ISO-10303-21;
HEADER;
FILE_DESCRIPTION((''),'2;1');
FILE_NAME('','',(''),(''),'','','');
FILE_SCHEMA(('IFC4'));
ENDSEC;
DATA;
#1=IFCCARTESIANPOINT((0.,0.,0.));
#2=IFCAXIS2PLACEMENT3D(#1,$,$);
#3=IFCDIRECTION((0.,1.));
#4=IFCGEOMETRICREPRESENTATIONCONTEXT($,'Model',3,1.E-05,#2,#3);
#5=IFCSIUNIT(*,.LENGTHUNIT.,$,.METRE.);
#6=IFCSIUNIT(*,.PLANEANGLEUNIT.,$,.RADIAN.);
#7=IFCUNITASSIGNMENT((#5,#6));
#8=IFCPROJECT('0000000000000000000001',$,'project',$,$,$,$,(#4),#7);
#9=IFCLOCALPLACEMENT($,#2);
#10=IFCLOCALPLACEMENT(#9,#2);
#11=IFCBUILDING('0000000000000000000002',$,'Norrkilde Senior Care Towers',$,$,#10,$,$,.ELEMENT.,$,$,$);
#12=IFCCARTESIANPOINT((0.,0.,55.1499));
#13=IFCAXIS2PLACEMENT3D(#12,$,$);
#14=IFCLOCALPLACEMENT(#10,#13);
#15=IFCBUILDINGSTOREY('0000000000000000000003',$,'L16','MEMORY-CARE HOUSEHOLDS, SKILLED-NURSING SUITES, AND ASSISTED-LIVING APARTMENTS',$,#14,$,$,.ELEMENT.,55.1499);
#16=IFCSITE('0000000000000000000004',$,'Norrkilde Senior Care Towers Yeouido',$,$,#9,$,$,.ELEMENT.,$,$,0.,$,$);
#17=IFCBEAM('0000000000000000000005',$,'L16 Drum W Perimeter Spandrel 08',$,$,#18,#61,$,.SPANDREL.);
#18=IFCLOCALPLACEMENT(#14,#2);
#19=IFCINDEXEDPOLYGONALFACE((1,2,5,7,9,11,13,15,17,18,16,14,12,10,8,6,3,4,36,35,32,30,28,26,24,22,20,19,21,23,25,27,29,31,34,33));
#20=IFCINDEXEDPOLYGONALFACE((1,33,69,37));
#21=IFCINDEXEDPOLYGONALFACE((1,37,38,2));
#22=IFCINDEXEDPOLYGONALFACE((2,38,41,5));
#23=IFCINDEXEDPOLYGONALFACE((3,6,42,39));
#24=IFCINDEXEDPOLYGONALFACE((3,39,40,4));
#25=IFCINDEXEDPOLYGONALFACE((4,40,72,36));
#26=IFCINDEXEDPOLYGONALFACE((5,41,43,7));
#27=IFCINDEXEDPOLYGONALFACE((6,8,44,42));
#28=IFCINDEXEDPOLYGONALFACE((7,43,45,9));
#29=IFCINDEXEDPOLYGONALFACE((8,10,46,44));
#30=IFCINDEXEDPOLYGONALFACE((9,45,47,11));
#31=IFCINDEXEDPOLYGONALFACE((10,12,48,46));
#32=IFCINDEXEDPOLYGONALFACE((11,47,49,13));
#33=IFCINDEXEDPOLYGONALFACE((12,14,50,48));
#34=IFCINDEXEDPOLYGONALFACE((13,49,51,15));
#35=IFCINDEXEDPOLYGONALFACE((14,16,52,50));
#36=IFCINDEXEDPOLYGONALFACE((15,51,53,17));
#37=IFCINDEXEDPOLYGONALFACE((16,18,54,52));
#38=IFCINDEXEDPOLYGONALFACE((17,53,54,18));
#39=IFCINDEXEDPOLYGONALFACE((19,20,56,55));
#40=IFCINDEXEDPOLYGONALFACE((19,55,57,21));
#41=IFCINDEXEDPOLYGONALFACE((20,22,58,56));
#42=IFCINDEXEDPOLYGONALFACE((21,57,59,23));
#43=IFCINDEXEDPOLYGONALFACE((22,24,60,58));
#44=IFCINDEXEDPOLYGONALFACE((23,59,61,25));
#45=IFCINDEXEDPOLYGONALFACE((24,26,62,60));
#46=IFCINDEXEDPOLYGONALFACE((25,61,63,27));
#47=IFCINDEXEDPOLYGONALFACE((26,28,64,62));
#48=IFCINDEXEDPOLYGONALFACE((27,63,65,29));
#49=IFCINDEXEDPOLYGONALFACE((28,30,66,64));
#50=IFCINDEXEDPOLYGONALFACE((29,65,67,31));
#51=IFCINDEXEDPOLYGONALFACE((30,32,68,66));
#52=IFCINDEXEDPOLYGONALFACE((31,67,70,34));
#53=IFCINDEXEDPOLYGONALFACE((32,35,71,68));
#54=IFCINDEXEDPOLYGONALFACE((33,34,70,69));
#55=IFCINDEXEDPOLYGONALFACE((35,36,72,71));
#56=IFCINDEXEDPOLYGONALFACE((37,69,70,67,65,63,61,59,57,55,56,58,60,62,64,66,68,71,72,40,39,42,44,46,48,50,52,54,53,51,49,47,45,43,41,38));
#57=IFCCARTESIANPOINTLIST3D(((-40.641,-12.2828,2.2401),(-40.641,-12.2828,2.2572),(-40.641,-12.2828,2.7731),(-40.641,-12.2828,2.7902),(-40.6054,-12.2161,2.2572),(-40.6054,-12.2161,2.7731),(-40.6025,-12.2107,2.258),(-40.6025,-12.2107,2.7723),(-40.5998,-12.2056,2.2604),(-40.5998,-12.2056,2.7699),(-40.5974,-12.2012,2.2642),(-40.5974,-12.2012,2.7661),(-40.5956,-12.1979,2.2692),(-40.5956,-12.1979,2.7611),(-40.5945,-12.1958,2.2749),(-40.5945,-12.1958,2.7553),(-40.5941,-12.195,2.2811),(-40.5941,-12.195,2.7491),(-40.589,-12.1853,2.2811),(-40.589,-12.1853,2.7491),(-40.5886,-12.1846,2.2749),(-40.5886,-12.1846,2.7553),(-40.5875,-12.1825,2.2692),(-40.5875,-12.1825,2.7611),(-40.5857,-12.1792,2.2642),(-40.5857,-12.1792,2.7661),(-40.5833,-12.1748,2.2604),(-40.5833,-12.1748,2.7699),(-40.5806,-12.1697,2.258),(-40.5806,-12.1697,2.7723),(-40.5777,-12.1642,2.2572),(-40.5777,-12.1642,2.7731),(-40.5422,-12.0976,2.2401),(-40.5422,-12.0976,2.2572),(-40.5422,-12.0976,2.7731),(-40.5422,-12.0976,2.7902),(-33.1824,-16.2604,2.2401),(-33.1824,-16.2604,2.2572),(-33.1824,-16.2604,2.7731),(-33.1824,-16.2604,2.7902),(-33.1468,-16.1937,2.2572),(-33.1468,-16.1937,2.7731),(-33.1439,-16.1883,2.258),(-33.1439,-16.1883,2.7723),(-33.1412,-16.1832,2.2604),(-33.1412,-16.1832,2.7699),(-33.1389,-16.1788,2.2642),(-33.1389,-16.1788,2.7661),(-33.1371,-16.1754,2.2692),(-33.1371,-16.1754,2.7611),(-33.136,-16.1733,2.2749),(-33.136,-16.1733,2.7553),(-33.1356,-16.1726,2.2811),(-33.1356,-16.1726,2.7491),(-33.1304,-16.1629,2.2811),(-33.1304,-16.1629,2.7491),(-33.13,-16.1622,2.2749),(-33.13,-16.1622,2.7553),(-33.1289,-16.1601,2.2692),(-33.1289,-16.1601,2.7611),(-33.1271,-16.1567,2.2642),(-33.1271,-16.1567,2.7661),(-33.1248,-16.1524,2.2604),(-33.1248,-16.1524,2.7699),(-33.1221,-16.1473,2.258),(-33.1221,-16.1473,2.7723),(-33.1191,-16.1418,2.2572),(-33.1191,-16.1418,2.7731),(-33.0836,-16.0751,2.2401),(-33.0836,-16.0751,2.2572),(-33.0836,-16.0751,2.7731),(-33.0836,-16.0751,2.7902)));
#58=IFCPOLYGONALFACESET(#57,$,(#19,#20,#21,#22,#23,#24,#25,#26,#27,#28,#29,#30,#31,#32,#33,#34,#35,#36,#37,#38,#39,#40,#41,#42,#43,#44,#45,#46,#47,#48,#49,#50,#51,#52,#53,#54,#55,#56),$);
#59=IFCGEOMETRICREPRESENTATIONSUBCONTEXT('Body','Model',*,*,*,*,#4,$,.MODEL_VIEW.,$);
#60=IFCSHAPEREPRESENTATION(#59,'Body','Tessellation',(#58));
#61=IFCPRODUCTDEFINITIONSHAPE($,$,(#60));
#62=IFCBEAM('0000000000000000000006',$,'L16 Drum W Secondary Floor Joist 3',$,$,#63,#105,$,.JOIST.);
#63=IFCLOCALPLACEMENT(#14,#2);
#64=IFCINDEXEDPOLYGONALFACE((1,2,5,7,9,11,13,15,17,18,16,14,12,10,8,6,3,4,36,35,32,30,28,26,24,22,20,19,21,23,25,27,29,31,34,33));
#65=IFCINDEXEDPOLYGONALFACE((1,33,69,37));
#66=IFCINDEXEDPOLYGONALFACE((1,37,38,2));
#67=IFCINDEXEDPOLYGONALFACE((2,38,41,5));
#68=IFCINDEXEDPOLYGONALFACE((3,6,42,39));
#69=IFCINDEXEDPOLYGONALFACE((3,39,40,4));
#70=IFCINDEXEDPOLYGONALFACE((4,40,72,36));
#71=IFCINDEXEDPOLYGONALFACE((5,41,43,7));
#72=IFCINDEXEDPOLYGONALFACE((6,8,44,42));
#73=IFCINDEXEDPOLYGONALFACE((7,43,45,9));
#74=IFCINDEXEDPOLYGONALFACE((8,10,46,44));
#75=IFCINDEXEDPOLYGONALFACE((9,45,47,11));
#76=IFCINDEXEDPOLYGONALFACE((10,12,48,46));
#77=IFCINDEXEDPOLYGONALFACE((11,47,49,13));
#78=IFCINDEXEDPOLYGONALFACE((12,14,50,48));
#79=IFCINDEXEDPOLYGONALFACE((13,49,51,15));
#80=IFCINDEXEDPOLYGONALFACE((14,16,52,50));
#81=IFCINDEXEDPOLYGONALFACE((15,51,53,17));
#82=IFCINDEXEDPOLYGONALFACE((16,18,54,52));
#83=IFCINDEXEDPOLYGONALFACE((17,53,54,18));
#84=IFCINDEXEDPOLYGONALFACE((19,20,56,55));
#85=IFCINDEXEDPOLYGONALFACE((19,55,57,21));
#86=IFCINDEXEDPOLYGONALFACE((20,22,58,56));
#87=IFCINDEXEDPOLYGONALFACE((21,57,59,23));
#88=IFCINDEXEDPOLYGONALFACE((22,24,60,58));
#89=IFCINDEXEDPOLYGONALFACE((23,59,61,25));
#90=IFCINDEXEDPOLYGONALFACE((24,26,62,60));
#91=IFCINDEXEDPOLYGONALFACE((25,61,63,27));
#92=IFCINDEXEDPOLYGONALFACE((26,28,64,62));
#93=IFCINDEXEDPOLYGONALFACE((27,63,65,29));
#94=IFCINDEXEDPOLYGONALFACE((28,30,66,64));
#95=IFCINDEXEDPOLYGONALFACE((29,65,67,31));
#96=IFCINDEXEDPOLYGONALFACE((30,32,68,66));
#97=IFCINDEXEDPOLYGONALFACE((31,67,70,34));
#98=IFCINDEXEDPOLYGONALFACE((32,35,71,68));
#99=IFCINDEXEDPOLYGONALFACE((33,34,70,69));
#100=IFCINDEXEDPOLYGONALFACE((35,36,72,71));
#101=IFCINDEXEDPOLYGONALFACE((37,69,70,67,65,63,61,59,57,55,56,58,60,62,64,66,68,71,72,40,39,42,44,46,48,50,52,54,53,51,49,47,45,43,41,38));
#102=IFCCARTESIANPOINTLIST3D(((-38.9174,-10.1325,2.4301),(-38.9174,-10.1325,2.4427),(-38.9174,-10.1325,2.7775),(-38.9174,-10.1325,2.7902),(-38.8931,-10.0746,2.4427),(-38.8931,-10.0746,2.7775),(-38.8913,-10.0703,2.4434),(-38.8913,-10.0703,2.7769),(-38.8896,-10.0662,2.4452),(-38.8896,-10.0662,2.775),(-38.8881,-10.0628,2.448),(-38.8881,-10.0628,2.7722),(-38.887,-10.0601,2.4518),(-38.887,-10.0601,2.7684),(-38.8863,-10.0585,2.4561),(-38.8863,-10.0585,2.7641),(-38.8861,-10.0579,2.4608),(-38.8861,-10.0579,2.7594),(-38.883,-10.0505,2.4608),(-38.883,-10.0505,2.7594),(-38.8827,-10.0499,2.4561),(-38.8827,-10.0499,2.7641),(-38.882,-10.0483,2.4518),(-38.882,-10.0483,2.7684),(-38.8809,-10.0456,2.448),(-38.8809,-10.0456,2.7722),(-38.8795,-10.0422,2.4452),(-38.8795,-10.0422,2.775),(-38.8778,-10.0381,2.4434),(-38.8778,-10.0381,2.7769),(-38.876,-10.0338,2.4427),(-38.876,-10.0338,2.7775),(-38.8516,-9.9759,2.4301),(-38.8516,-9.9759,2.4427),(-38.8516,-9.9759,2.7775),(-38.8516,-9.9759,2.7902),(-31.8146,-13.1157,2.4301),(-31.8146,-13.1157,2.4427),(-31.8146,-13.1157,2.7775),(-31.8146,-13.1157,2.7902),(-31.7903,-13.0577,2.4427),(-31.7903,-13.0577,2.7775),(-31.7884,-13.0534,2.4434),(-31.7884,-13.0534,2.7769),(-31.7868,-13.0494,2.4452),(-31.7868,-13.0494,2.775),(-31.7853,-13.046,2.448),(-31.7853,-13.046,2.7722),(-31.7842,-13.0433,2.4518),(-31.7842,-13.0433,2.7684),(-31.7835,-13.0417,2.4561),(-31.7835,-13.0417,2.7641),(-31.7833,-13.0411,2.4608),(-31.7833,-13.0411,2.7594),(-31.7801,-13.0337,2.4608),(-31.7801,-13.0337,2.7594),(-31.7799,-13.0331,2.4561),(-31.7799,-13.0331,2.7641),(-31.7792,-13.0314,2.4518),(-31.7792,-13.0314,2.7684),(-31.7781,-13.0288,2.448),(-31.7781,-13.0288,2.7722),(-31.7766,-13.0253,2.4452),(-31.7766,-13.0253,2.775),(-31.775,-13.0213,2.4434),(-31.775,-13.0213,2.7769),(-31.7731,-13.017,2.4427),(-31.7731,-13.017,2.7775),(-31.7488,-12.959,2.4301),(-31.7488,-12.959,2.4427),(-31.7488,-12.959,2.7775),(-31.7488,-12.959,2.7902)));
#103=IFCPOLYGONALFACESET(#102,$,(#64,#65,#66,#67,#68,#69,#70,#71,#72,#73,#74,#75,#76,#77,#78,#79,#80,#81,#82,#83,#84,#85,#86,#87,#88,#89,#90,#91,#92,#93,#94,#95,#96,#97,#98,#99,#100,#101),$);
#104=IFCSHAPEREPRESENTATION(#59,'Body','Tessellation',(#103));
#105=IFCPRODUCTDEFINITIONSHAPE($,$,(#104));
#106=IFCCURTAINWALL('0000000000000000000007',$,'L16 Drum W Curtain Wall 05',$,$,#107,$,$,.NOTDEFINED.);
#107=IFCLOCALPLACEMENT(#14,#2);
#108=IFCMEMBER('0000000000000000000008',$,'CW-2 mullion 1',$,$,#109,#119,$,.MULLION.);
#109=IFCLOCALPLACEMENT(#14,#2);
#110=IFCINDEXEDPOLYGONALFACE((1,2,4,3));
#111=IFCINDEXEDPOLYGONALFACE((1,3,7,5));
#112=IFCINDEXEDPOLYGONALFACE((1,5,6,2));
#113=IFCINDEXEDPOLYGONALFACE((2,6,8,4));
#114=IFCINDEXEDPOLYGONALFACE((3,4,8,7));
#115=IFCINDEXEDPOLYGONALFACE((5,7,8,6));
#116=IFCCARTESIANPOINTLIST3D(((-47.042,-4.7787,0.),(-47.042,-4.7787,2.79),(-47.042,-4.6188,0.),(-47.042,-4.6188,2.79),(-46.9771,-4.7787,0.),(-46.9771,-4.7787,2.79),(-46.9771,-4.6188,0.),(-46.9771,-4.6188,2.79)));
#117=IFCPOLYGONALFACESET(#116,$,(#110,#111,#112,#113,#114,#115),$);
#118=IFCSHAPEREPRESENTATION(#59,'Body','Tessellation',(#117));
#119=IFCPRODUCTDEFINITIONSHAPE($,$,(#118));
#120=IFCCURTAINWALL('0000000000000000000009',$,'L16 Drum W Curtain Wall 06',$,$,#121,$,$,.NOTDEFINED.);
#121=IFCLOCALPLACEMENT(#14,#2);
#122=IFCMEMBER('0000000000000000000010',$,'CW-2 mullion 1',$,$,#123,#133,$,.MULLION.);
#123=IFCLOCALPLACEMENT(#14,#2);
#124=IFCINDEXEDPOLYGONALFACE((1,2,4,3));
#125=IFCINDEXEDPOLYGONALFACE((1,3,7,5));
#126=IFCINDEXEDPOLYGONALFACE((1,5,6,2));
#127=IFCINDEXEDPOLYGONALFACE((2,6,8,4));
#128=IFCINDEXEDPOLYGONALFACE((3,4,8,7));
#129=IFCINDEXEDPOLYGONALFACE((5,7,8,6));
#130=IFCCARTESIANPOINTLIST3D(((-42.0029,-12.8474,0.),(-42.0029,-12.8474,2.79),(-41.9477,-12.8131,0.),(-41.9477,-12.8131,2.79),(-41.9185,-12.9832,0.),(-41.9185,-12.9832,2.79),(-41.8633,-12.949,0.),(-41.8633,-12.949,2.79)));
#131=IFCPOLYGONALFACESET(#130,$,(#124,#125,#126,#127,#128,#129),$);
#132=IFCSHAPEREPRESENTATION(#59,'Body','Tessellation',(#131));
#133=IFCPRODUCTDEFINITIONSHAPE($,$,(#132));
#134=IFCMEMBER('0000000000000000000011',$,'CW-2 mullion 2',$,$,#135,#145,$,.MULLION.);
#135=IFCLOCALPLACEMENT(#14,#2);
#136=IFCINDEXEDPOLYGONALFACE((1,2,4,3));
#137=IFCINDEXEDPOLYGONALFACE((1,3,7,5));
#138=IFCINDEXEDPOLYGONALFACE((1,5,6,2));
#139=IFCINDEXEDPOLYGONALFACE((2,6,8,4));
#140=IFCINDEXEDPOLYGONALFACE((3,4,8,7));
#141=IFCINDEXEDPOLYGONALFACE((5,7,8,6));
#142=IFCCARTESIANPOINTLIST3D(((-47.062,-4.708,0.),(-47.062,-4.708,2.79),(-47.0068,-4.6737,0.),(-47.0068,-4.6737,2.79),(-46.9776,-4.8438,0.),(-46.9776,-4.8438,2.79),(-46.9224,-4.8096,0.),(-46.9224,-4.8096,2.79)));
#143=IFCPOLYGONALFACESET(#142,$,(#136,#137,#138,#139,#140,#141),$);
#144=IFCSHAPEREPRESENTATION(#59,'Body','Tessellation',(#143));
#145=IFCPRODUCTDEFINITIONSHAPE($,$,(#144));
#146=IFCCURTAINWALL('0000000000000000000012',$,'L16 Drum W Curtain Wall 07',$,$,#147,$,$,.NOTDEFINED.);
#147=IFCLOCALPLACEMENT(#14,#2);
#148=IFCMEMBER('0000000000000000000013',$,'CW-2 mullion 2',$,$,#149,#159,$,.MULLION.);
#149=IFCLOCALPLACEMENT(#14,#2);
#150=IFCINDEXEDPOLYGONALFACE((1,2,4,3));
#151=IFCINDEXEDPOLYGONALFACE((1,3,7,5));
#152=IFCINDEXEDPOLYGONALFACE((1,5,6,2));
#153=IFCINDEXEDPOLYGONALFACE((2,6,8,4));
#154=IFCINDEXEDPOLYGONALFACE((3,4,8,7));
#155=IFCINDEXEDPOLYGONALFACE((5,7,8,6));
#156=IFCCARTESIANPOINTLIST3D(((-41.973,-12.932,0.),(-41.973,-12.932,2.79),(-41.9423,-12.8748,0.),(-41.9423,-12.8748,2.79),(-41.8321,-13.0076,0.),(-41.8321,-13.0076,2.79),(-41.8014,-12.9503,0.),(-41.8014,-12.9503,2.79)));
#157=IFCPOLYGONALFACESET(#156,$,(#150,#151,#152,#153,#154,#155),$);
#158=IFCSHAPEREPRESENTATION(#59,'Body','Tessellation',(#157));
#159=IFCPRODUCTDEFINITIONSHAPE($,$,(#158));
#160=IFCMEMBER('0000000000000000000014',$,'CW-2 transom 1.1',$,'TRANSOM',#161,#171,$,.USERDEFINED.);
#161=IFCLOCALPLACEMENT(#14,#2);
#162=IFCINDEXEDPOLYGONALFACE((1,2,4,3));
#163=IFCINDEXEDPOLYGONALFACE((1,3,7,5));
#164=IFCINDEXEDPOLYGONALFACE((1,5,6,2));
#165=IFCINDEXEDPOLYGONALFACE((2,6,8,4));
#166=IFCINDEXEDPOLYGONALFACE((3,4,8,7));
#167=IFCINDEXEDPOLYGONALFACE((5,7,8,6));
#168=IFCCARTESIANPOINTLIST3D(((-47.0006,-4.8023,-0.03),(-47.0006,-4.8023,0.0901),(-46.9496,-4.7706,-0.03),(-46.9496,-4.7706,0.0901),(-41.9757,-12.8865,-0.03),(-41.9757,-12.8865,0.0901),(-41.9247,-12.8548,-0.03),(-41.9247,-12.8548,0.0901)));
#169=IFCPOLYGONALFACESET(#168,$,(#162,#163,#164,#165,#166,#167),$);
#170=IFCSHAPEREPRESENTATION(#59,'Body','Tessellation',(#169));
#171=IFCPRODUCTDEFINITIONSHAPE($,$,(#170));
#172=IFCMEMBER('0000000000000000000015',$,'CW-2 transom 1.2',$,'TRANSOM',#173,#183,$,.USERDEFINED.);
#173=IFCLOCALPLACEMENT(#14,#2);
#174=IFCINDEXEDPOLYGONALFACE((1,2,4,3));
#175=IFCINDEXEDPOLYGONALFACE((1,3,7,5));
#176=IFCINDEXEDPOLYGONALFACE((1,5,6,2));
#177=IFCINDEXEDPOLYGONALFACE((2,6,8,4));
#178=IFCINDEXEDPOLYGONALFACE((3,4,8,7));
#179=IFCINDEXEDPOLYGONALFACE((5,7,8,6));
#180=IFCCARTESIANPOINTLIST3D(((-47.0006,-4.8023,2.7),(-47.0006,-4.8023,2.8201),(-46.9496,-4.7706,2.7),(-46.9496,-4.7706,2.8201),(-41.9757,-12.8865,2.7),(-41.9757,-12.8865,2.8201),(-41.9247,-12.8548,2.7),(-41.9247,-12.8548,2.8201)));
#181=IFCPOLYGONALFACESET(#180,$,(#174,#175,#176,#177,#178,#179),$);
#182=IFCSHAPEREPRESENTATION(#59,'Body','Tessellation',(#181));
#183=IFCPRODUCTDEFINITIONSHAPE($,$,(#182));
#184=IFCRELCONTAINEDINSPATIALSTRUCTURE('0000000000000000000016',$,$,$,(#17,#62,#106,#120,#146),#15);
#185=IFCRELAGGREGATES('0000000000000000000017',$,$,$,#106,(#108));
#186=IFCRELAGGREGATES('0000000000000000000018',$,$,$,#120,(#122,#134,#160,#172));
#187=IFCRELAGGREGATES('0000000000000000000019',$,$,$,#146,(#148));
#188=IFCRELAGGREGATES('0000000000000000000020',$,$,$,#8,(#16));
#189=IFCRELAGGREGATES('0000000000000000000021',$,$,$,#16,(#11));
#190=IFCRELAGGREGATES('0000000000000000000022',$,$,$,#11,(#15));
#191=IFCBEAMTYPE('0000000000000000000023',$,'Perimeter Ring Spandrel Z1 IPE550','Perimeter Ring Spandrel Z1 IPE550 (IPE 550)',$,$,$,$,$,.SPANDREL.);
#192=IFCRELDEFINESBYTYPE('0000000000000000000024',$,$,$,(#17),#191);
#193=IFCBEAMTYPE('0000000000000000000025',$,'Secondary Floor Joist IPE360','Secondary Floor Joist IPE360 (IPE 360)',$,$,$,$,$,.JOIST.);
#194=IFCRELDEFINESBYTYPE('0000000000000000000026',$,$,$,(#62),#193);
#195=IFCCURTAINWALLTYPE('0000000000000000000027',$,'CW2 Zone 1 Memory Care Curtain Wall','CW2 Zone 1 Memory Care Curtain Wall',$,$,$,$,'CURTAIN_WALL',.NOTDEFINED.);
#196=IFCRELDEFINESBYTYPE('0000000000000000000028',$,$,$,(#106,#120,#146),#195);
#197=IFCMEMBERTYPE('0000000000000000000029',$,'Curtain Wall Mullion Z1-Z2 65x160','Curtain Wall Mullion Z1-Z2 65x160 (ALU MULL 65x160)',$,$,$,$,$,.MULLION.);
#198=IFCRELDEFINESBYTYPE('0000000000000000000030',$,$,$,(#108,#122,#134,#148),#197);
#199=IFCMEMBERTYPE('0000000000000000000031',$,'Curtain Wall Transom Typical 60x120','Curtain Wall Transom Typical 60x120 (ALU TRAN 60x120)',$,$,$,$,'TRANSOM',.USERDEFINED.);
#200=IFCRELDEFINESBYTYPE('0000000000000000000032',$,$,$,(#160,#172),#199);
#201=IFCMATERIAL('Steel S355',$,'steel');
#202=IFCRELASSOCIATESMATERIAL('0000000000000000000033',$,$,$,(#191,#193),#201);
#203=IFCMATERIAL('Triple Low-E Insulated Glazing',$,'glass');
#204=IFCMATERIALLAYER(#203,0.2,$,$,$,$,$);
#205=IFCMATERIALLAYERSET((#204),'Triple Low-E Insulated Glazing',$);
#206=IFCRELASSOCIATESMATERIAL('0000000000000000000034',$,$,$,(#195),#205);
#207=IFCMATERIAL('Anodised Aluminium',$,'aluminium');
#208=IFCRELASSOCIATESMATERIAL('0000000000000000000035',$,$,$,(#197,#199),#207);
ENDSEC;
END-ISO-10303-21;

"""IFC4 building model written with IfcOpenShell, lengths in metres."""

from ifc_helpers import new_model, si_unit, direction, frame, origin, origin_2d, place, context, subcontext, project, spatial, rectangle, i_section, extrude, source, transform, mapped, material, layer, layer_set, material_profile, profile_set, type_object, type_shapes, element, aggregate, save


model = new_model("IFC4")

# Units and contexts
model_context = context("Model", 3, precision=1e-05, world=origin(), true_north=direction((0.0, 1.0)))
body_context = subcontext(model_context, "Body", "Model", "MODEL_VIEW")
ifc_project = project(units=[si_unit("LENGTHUNIT", "METRE"), si_unit("PLANEANGLEUNIT", "RADIAN")], contexts=[model_context])

# Site, building, storey
site_placement = place(None, origin())
site = spatial("IfcSite", under=ifc_project, at=site_placement, Name="Norrkilde Senior Care Towers Yeouido", CompositionType="ELEMENT", RefElevation=0.0)
building_placement = place(site_placement, origin())
building = spatial("IfcBuilding", under=site, at=building_placement, Name="Norrkilde Senior Care Towers", CompositionType="ELEMENT")
storey_placement = place(building_placement, frame((0.0, 0.0, 55.1499)))
storey = spatial("IfcBuildingStorey", under=building, at=storey_placement, Name="L16", Description="MEMORY-CARE HOUSEHOLDS, SKILLED-NURSING SUITES, AND ASSISTED-LIVING APARTMENTS", CompositionType="ELEMENT", Elevation=55.1499)

# Beams
ifc_material_1 = material(Name="Steel S355", Category="steel")
ifc_material_profile_1 = material_profile(ifc_material_1, i_section(OverallWidth=0.21, OverallDepth=0.55, WebThickness=0.011, FlangeThickness=0.0171, FilletRadius=0.0239, at=origin_2d()), Name="IPE 550")
ifc_profile_set_1 = profile_set([ifc_material_profile_1], Name="Steel S355")
beam_type_1 = type_object("IfcBeamType", Name="Perimeter Ring Spandrel Z1 IPE550", Description="Perimeter Ring Spandrel Z1 IPE550 (IPE 550)", PredefinedType="SPANDREL", material=ifc_profile_set_1)
shared_shape_1 = source(origin(), body_context, "Body", "SweptSolid", [
    extrude(i_section(OverallWidth=0.21, OverallDepth=0.55, WebThickness=0.011, FlangeThickness=0.0171, FilletRadius=0.0239, at=origin_2d()), origin(), (0.0, 0.0, 1.0), 8.4529),
])
beam_1_placement = place(storey_placement, frame((-40.5916, -12.1902, 2.5151), z_axis=(0.882369, -0.470558, 0.0), x_axis=(0.470558, 0.882369, 0.0)))
element("IfcBeam", 1, at=beam_1_placement, inside=storey, type_object=beam_type_1, Name="L16 Drum W Perimeter Spandrel 08", PredefinedType="SPANDREL", context=body_context, shape_type="MappedRepresentation", body=[
    mapped(shared_shape_1, transform((0.0, 0.0, 0.0), x_axis=(1.0, 0.0, 0.0), y_axis=(0.0, 1.0, 0.0), z_axis=(0.0, 0.0, 1.0), scale=1.0)),
])
ifc_material_profile_2 = material_profile(ifc_material_1, i_section(OverallWidth=0.1699, OverallDepth=0.3601, WebThickness=0.0081, FlangeThickness=0.0127, FilletRadius=0.0181, at=origin_2d()), Name="IPE 360")
ifc_profile_set_2 = profile_set([ifc_material_profile_2], Name="Steel S355")
beam_type_2 = type_object("IfcBeamType", Name="Secondary Floor Joist IPE360", Description="Secondary Floor Joist IPE360 (IPE 360)", PredefinedType="JOIST", material=ifc_profile_set_2)
shared_shape_2 = source(origin(), body_context, "Body", "SweptSolid", [
    extrude(i_section(OverallWidth=0.1699, OverallDepth=0.3601, WebThickness=0.0081, FlangeThickness=0.0127, FilletRadius=0.0181, at=origin_2d()), origin(), (0.0, 0.0, 1.0), 7.7039),
])
type_shapes(beam_type_2, [shared_shape_2])
beam_2_placement = place(storey_placement, frame((-38.8845, -10.0542, 2.6101), z_axis=(0.921983, -0.387231, 0.0), x_axis=(0.387231, 0.921983, 0.0)))
element("IfcBeam", 2, at=beam_2_placement, inside=storey, type_object=beam_type_2, Name="L16 Drum W Secondary Floor Joist 3", PredefinedType="JOIST", context=body_context, shape_type="MappedRepresentation", body=[
    mapped(shared_shape_2, transform((0.0, 0.0, 0.0), x_axis=(1.0, 0.0, 0.0), y_axis=(0.0, 1.0, 0.0), z_axis=(0.0, 0.0, 1.0), scale=1.0)),
])

# Curtain wall, member
ifc_material_2 = material(Name="Triple Low-E Insulated Glazing", Category="glass")
ifc_layer_1 = layer(ifc_material_2, 0.2)
ifc_layer_set_1 = layer_set([ifc_layer_1], Name="Triple Low-E Insulated Glazing")
curtain_wall_type = type_object("IfcCurtainWallType", Name="CW2 Zone 1 Memory Care Curtain Wall", Description="CW2 Zone 1 Memory Care Curtain Wall", ElementType="CURTAIN_WALL", PredefinedType="NOTDEFINED", material=ifc_layer_set_1)
curtain_wall_1_placement = place(storey_placement, origin())
curtain_wall_1 = element("IfcCurtainWall", 3, at=curtain_wall_1_placement, inside=storey, type_object=curtain_wall_type, Name="L16 Drum W Curtain Wall 05", PredefinedType="NOTDEFINED")
ifc_material_3 = material(Name="Anodised Aluminium", Category="aluminium")
ifc_material_profile_3 = material_profile(ifc_material_3, rectangle(XDim=0.0649, YDim=0.1599, at=origin_2d()), Name="ALU MULL 65x160")
ifc_profile_set_3 = profile_set([ifc_material_profile_3], Name="Anodised Aluminium")
member_type_1 = type_object("IfcMemberType", Name="Curtain Wall Mullion Z1-Z2 65x160", Description="Curtain Wall Mullion Z1-Z2 65x160 (ALU MULL 65x160)", PredefinedType="MULLION", material=ifc_profile_set_3)
shared_shape_3 = source(origin(), body_context, "Body", "SweptSolid", [
    extrude(rectangle(XDim=0.0649, YDim=0.1599, at=origin_2d()), origin(), (0.0, 0.0, 1.0), 2.79),
])
type_shapes(member_type_1, [shared_shape_3])
member_1_placement = place(storey_placement, frame((-47.0095, -4.6987, 0.0), z_axis=(0.0, 0.0, 1.0), x_axis=(-1.0, 0.0, 0.0)))
member_1 = element("IfcMember", 4, at=member_1_placement, type_object=member_type_1, Name="CW-2 mullion 1", PredefinedType="MULLION", context=body_context, shape_type="MappedRepresentation", body=[
    mapped(shared_shape_3, transform((0.0, 0.0, 0.0), x_axis=(1.0, 0.0, 0.0), y_axis=(0.0, 1.0, 0.0), z_axis=(0.0, 0.0, 1.0), scale=1.0)),
])

# Curtain wall, members
curtain_wall_2_placement = place(storey_placement, origin())
curtain_wall_2 = element("IfcCurtainWall", 5, at=curtain_wall_2_placement, inside=storey, type_object=curtain_wall_type, Name="L16 Drum W Curtain Wall 06", PredefinedType="NOTDEFINED")
member_2_placement = place(storey_placement, frame((-41.9331, -12.8982, 0.0), z_axis=(0.0, 0.0, 1.0), x_axis=(-0.849306, -0.527901, 0.0)))
member_2 = element("IfcMember", 6, at=member_2_placement, type_object=member_type_1, Name="CW-2 mullion 1", PredefinedType="MULLION", context=body_context, shape_type="MappedRepresentation", body=[
    mapped(shared_shape_3, transform((0.0, 0.0, 0.0), x_axis=(1.0, 0.0, 0.0), y_axis=(0.0, 1.0, 0.0), z_axis=(0.0, 0.0, 1.0), scale=1.0)),
])
member_3_placement = place(storey_placement, frame((-46.9922, -4.7588, 0.0), z_axis=(0.0, 0.0, 1.0), x_axis=(-0.849306, -0.527901, 0.0)))
member_3 = element("IfcMember", 7, at=member_3_placement, type_object=member_type_1, Name="CW-2 mullion 2", PredefinedType="MULLION", context=body_context, shape_type="MappedRepresentation", body=[
    mapped(shared_shape_3, transform((0.0, 0.0, 0.0), x_axis=(1.0, 0.0, 0.0), y_axis=(0.0, 1.0, 0.0), z_axis=(0.0, 0.0, 1.0), scale=1.0)),
])

# Curtain wall, member
curtain_wall_3_placement = place(storey_placement, origin())
curtain_wall_3 = element("IfcCurtainWall", 8, at=curtain_wall_3_placement, inside=storey, type_object=curtain_wall_type, Name="L16 Drum W Curtain Wall 07", PredefinedType="NOTDEFINED")
member_4_placement = place(storey_placement, frame((-41.8872, -12.9412, 0.0), z_axis=(0.0, 0.0, 1.0), x_axis=(-0.472608, -0.881273, 0.0)))
member_4 = element("IfcMember", 9, at=member_4_placement, type_object=member_type_1, Name="CW-2 mullion 2", PredefinedType="MULLION", context=body_context, shape_type="MappedRepresentation", body=[
    mapped(shared_shape_3, transform((0.0, 0.0, 0.0), x_axis=(1.0, 0.0, 0.0), y_axis=(0.0, 1.0, 0.0), z_axis=(0.0, 0.0, 1.0), scale=1.0)),
])

# Members
ifc_material_profile_4 = material_profile(ifc_material_3, rectangle(XDim=0.0601, YDim=0.1201, at=origin_2d()), Name="ALU TRAN 60x120")
ifc_profile_set_4 = profile_set([ifc_material_profile_4], Name="Anodised Aluminium")
member_type_2 = type_object("IfcMemberType", Name="Curtain Wall Transom Typical 60x120", Description="Curtain Wall Transom Typical 60x120 (ALU TRAN 60x120)", ElementType="TRANSOM", PredefinedType="USERDEFINED", material=ifc_profile_set_4)
shared_shape_4 = source(origin(), body_context, "Body", "SweptSolid", [
    extrude(rectangle(XDim=0.0601, YDim=0.1201, at=origin_2d()), origin(), (0.0, 0.0, 1.0), 9.5186),
])
member_5_placement = place(storey_placement, frame((-41.9502, -12.8706, 0.03), z_axis=(-0.527902, 0.849306, 0.0), x_axis=(-0.849306, -0.527902, 0.0)))
member_5 = element("IfcMember", 10, at=member_5_placement, type_object=member_type_2, Name="CW-2 transom 1.1", ObjectType="TRANSOM", PredefinedType="USERDEFINED", context=body_context, shape_type="MappedRepresentation", body=[
    mapped(shared_shape_4, transform((0.0, 0.0, 0.0), x_axis=(1.0, 0.0, 0.0), y_axis=(0.0, 1.0, 0.0), z_axis=(0.0, 0.0, 1.0), scale=1.0)),
])
member_6_placement = place(storey_placement, frame((-41.9502, -12.8706, 2.76), z_axis=(-0.527902, 0.849306, 0.0), x_axis=(-0.849306, -0.527902, 0.0)))
member_6 = element("IfcMember", 11, at=member_6_placement, type_object=member_type_2, Name="CW-2 transom 1.2", ObjectType="TRANSOM", PredefinedType="USERDEFINED", context=body_context, shape_type="MappedRepresentation", body=[
    mapped(shared_shape_4, transform((0.0, 0.0, 0.0), x_axis=(1.0, 0.0, 0.0), y_axis=(0.0, 1.0, 0.0), z_axis=(0.0, 0.0, 1.0), scale=1.0)),
])
aggregate(curtain_wall_1, [member_1])

aggregate(curtain_wall_2, [member_2, member_3, member_5, member_6])
aggregate(curtain_wall_3, [member_4])

save(model, "model.ifc")
